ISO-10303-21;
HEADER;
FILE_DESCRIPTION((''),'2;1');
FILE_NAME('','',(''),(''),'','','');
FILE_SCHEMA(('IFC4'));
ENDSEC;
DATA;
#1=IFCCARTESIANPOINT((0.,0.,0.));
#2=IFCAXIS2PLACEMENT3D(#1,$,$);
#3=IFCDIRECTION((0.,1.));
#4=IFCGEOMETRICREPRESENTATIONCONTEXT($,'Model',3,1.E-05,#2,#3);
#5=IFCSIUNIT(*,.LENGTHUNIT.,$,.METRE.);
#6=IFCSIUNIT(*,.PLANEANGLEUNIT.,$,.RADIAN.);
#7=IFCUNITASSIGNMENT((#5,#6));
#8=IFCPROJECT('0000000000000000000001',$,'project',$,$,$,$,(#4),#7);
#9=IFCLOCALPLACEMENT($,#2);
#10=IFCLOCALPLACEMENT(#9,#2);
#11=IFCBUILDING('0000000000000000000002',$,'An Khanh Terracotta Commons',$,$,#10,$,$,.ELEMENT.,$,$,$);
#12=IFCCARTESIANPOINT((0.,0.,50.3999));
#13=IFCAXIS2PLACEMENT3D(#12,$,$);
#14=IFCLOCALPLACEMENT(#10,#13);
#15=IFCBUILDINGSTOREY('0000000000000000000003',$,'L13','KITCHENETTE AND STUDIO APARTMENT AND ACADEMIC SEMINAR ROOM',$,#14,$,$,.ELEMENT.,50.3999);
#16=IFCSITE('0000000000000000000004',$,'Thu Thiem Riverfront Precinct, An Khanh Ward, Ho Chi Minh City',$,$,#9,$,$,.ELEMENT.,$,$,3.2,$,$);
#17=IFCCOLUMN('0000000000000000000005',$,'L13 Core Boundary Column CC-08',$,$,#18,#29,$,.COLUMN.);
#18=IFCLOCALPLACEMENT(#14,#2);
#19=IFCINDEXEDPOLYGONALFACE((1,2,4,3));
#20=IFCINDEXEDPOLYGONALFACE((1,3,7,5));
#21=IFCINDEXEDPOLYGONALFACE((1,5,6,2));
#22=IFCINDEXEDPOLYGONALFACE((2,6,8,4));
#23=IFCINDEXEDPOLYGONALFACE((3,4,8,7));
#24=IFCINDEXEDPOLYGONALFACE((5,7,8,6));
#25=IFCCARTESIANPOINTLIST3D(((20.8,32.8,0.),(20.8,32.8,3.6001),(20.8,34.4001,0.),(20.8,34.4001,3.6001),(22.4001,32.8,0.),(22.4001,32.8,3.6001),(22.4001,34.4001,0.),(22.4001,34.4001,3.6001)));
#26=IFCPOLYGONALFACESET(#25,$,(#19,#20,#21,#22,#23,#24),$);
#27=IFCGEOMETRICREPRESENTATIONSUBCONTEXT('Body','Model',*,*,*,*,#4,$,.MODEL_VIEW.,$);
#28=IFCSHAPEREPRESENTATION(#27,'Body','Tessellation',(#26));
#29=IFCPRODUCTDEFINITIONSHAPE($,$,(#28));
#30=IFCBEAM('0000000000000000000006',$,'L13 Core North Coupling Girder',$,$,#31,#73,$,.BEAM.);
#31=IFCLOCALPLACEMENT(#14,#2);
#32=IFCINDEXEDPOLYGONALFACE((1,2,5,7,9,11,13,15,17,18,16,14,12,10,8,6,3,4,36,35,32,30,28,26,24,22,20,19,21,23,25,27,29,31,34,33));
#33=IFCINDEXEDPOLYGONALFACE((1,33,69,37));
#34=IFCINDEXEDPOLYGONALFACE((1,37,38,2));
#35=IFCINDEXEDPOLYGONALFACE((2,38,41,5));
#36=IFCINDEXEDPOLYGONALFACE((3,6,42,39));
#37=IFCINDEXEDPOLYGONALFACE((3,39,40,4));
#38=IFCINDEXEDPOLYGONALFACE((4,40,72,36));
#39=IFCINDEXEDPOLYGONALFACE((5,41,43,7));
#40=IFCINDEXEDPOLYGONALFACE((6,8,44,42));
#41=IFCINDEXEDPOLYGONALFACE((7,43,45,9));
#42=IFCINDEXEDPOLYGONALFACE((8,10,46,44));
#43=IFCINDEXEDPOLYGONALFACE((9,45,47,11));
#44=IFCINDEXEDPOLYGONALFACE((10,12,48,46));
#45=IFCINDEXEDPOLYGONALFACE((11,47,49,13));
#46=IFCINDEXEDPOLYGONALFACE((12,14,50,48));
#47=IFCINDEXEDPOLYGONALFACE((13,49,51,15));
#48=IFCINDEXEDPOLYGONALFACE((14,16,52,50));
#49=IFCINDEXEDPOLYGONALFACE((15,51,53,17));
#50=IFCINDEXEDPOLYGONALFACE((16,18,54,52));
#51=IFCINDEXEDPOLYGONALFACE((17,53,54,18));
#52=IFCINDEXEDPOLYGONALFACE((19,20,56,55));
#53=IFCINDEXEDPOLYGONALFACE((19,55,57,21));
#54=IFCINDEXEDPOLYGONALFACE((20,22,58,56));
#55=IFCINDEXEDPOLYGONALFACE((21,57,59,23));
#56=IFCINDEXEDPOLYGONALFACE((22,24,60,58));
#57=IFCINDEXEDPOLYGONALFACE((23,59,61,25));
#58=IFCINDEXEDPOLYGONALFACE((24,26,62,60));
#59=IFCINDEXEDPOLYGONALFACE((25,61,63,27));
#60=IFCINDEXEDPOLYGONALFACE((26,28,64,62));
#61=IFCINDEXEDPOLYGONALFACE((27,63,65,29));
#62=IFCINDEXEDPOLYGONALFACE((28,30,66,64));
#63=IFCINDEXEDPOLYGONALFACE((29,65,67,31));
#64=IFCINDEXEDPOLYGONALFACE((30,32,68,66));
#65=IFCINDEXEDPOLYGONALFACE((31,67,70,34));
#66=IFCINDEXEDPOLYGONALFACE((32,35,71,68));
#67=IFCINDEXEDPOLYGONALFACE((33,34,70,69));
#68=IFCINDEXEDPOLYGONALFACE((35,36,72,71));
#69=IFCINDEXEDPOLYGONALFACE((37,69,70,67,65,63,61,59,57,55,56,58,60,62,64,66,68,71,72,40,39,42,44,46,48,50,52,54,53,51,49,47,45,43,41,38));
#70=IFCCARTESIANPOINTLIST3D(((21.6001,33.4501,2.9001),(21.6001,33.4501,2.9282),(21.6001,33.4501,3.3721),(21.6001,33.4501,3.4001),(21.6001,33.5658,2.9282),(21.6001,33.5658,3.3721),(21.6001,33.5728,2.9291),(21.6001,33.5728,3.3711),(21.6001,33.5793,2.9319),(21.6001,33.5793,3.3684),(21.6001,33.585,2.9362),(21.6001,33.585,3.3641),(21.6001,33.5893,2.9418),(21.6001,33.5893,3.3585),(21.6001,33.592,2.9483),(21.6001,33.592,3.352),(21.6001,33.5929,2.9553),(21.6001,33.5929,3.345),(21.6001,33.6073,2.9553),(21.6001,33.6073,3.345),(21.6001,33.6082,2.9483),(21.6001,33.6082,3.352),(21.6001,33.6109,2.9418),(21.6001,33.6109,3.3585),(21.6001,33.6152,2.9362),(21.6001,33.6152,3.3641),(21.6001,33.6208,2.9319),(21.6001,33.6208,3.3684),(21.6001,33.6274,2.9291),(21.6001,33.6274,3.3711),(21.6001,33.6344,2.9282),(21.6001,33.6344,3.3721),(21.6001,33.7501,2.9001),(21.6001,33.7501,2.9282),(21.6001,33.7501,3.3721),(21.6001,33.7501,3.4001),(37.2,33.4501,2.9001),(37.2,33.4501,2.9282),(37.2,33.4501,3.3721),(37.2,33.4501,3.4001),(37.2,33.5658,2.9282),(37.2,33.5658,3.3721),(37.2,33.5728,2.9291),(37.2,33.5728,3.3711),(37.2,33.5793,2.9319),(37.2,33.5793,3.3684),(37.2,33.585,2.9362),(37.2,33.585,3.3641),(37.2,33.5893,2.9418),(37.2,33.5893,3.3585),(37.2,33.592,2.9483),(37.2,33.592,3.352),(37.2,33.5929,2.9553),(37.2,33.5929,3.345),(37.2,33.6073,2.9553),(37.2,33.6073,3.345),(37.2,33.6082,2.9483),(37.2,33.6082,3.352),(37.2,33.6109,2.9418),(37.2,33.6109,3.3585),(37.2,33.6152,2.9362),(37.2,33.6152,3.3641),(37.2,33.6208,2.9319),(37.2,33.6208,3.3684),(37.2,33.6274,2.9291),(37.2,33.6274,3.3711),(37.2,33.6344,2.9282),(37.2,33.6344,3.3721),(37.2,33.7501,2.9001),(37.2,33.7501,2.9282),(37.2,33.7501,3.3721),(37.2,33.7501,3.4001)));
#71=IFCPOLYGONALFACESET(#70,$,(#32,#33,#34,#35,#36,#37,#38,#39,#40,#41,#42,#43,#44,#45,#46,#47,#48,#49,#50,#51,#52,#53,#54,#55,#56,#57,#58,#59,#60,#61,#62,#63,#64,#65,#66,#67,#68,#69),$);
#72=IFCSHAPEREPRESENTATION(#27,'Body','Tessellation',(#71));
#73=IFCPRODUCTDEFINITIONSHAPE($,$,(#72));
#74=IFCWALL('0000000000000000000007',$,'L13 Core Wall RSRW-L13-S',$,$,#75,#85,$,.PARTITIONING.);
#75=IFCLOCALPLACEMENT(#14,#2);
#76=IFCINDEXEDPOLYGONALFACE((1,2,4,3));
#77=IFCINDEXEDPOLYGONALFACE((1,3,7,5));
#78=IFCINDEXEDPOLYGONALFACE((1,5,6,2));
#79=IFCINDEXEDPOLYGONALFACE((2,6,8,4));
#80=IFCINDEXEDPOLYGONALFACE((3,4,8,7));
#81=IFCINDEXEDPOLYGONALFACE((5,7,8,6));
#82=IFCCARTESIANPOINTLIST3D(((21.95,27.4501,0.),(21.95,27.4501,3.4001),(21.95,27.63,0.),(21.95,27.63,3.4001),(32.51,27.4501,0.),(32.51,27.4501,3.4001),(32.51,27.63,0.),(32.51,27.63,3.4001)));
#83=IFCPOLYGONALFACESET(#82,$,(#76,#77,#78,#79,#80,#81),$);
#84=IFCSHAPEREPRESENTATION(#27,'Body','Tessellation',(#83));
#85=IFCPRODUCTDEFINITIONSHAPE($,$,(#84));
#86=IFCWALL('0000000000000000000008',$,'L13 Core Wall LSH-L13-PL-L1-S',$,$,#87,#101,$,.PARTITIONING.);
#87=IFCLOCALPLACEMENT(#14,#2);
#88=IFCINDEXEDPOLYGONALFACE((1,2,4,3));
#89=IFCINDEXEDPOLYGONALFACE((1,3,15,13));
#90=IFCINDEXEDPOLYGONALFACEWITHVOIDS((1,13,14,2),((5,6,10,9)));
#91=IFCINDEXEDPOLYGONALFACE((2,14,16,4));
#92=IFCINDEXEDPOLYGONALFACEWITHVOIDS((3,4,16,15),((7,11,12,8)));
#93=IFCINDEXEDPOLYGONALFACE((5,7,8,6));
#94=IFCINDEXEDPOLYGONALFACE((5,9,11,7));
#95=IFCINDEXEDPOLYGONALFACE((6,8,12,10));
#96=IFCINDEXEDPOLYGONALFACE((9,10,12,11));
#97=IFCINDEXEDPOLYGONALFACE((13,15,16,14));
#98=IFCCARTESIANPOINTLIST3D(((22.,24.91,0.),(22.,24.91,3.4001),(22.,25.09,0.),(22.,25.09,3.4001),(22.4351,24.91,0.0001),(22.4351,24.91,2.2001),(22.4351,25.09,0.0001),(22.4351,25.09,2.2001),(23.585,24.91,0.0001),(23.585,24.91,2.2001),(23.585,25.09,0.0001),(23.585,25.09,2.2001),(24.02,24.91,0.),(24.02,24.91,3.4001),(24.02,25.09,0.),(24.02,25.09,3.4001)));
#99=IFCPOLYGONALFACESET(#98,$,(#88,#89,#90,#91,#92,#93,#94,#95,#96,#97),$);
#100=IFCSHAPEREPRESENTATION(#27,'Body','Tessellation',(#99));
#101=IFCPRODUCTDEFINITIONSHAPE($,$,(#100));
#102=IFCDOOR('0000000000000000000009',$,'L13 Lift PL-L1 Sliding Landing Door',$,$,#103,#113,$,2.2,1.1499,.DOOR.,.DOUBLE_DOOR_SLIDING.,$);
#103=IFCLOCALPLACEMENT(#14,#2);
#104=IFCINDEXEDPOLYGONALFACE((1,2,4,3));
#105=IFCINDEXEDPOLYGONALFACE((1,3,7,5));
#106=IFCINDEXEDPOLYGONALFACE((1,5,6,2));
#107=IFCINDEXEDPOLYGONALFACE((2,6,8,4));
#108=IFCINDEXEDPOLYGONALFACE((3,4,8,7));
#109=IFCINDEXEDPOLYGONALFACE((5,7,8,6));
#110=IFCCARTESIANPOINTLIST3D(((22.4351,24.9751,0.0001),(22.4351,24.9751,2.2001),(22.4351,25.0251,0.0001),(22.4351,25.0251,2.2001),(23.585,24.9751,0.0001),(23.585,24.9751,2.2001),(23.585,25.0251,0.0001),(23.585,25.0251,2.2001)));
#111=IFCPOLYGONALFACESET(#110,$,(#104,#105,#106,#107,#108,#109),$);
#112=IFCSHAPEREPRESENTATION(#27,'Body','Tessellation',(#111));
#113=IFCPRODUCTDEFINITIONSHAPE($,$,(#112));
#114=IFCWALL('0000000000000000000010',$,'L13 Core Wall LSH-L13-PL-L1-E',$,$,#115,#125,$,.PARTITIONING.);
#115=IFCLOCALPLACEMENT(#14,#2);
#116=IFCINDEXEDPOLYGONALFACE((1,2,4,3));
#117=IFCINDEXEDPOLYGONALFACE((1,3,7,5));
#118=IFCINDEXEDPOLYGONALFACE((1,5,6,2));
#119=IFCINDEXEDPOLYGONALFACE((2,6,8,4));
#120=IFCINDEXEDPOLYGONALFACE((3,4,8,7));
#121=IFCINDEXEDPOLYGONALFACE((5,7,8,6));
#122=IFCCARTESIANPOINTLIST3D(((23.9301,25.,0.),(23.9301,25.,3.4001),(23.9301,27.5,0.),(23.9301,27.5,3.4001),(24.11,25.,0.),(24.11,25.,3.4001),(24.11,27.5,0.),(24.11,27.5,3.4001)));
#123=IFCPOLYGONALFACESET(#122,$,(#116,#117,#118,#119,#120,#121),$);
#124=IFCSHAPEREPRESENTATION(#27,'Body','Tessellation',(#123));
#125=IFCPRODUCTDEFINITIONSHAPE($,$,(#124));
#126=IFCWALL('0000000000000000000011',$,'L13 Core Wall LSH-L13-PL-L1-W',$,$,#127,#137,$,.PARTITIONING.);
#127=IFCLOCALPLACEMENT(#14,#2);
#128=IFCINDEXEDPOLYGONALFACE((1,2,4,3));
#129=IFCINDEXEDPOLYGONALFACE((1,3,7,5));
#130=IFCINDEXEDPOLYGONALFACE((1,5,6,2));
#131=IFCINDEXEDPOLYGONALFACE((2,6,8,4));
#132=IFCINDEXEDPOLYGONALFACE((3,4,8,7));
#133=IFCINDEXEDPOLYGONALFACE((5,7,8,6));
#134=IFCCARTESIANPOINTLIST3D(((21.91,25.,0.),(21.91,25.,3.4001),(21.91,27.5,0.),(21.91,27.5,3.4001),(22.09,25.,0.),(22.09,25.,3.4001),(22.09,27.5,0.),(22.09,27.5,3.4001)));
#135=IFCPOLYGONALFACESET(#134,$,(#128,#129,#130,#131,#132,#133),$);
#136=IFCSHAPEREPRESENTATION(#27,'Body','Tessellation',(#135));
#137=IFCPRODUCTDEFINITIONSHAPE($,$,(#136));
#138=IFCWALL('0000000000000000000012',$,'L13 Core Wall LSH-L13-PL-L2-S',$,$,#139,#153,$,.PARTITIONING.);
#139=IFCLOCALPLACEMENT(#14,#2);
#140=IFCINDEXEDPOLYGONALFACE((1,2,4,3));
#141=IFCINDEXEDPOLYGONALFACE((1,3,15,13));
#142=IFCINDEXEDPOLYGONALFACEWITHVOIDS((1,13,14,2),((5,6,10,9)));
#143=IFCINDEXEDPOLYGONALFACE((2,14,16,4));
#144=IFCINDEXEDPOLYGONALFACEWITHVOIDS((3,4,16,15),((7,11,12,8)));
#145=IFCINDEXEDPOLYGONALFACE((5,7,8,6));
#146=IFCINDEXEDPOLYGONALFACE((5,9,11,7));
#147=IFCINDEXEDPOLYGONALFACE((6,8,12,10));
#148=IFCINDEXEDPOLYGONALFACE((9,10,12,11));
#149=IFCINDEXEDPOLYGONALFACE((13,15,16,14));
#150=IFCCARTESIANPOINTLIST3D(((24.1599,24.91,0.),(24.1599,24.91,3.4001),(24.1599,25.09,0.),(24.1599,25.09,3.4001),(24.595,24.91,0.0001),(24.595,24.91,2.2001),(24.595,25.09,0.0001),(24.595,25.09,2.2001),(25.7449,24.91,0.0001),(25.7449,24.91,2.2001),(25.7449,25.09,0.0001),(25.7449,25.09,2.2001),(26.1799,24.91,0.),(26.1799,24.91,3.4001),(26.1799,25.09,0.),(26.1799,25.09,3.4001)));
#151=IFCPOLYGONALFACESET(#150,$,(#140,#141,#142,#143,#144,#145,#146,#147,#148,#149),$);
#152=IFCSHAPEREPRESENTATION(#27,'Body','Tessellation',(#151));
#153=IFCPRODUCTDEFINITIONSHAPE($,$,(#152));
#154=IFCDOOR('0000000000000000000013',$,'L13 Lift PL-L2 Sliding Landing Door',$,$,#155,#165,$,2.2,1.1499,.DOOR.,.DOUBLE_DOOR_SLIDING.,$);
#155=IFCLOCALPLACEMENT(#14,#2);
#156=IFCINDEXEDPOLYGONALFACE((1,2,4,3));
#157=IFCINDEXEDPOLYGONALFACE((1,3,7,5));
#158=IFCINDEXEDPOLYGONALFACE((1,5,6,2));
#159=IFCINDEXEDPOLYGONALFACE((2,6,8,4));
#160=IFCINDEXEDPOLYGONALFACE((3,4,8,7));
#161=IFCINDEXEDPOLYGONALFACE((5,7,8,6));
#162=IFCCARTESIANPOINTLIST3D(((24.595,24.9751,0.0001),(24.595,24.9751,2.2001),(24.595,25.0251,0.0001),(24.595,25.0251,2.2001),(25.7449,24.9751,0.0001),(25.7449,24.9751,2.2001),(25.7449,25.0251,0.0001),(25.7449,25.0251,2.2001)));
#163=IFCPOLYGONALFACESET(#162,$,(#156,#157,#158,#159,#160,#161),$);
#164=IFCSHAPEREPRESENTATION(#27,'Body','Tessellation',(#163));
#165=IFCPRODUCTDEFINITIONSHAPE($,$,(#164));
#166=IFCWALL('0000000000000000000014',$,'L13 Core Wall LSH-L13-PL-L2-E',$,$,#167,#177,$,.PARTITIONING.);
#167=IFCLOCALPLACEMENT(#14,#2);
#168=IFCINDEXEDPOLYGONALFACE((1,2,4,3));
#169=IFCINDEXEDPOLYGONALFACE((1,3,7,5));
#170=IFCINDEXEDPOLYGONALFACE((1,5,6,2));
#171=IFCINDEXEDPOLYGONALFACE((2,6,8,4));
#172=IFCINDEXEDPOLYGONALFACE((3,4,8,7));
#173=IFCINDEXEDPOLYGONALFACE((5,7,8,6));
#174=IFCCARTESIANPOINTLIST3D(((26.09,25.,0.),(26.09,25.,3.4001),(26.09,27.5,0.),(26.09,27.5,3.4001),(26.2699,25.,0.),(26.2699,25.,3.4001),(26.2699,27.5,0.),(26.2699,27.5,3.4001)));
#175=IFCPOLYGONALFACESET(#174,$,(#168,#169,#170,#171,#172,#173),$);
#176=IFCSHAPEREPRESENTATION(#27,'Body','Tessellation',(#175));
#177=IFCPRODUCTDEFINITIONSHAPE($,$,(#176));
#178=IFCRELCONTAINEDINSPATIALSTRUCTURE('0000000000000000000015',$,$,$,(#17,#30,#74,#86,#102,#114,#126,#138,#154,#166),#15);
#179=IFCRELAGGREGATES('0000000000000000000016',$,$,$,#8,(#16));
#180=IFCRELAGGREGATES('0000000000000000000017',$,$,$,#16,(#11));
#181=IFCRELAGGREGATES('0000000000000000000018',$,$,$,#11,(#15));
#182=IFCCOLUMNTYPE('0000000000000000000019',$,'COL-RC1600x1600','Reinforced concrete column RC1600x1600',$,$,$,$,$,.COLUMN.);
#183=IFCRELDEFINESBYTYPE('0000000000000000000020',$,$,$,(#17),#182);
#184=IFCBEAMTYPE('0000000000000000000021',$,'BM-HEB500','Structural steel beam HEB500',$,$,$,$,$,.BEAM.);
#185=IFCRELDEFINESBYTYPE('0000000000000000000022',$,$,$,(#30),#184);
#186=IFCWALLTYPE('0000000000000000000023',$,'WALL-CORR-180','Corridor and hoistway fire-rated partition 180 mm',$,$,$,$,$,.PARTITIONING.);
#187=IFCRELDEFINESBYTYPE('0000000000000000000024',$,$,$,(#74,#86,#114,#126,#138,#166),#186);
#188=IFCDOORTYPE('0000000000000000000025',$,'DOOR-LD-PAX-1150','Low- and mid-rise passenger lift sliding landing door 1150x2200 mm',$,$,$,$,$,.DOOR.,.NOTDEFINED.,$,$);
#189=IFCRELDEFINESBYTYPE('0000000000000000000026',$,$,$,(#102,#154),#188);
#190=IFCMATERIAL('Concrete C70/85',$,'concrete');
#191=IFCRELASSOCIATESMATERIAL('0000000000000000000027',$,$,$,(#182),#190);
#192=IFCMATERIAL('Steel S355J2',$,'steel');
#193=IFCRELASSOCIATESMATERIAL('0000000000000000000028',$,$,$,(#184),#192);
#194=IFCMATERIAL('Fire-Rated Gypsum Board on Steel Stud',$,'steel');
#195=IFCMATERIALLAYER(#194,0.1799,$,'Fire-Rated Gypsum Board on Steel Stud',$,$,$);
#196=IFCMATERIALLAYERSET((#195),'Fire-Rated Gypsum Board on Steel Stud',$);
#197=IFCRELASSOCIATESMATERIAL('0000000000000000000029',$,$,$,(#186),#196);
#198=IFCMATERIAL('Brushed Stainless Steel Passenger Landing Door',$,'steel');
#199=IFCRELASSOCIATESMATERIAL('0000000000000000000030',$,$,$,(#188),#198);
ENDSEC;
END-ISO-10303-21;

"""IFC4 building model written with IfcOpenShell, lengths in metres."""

from ifc_helpers import new_model, si_unit, direction, frame, frame_2d, origin, origin_2d, place, context, subcontext, project, spatial, rectangle, i_section, extrude, material, layer, layer_set, material_profile, profile_set, type_object, element, fill, save


model = new_model("IFC4")

# Units and contexts
model_context = context("Model", 3, precision=1e-05, world=origin(), true_north=direction((0.0, 1.0)))
body_context = subcontext(model_context, "Body", "Model", "MODEL_VIEW")
ifc_project = project(units=[si_unit("LENGTHUNIT", "METRE"), si_unit("PLANEANGLEUNIT", "RADIAN")], contexts=[model_context])

# Site, building, storey
site_placement = place(None, origin())
site = spatial("IfcSite", under=ifc_project, at=site_placement, Name="Thu Thiem Riverfront Precinct, An Khanh Ward, Ho Chi Minh City", CompositionType="ELEMENT", RefElevation=3.2)
building_placement = place(site_placement, origin())
building = spatial("IfcBuilding", under=site, at=building_placement, Name="An Khanh Terracotta Commons", CompositionType="ELEMENT")
storey_placement = place(building_placement, frame((0.0, 0.0, 50.3999)))
storey = spatial("IfcBuildingStorey", under=building, at=storey_placement, Name="L13", Description="KITCHENETTE AND STUDIO APARTMENT AND ACADEMIC SEMINAR ROOM", CompositionType="ELEMENT", Elevation=50.3999)

# Column
ifc_material_1 = material(Name="Concrete C70/85", Category="concrete")
ifc_material_profile_1 = material_profile(ifc_material_1, rectangle(XDim=1.6001, YDim=1.6001, at=origin_2d()), Name="RC1600x1600")
ifc_profile_set_1 = profile_set([ifc_material_profile_1], Name="Concrete C70/85")
column_type = type_object("IfcColumnType", Name="COL-RC1600x1600", Description="Reinforced concrete column RC1600x1600", PredefinedType="COLUMN", material=ifc_profile_set_1)
column_placement = place(storey_placement, frame((21.6001, 33.6001, 0.0), z_axis=(0.0, 0.0, 1.0), x_axis=(1.0, 0.0, 0.0)))
element("IfcColumn", 1, at=column_placement, inside=storey, type_object=column_type, Name="L13 Core Boundary Column CC-08", PredefinedType="COLUMN", context=body_context, shape_type="SweptSolid", body=[
    extrude(rectangle(XDim=1.6001, YDim=1.6001, at=origin_2d()), origin(), (0.0, 0.0, 1.0), 3.6001),
])

# Beam
ifc_material_2 = material(Name="Steel S355J2", Category="steel")
ifc_material_profile_2 = material_profile(ifc_material_2, i_section(OverallWidth=0.3, OverallDepth=0.5, WebThickness=0.0144, FlangeThickness=0.0281, FilletRadius=0.0271, at=origin_2d()), Name="HEB500")
ifc_profile_set_2 = profile_set([ifc_material_profile_2], Name="Steel S355J2")
beam_type = type_object("IfcBeamType", Name="BM-HEB500", Description="Structural steel beam HEB500", PredefinedType="BEAM", material=ifc_profile_set_2)
beam_placement = place(storey_placement, frame((21.6001, 33.6001, 3.1501), z_axis=(1.0, 0.0, 0.0), x_axis=(0.0, 1.0, 0.0)))
element("IfcBeam", 2, at=beam_placement, inside=storey, type_object=beam_type, Name="L13 Core North Coupling Girder", PredefinedType="BEAM", context=body_context, shape_type="SweptSolid", body=[
    extrude(i_section(OverallWidth=0.3, OverallDepth=0.5, WebThickness=0.0144, FlangeThickness=0.0281, FilletRadius=0.0271, at=origin_2d()), origin(), (0.0, 0.0, 1.0), 15.5999),
])

# Wall
ifc_material_3 = material(Name="Fire-Rated Gypsum Board on Steel Stud", Category="steel")
ifc_layer_1 = layer(ifc_material_3, 0.1799, Name="Fire-Rated Gypsum Board on Steel Stud")
ifc_layer_set_1 = layer_set([ifc_layer_1], Name="Fire-Rated Gypsum Board on Steel Stud")
wall_type_1 = type_object("IfcWallType", Name="WALL-CORR-180", Description="Corridor and hoistway fire-rated partition 180 mm", PredefinedType="PARTITIONING", material=ifc_layer_set_1)
wall_1_placement = place(storey_placement, frame((21.95, 27.54, 0.0), z_axis=(0.0, 0.0, 1.0), x_axis=(1.0, 0.0, 0.0)))
element("IfcWall", 3, at=wall_1_placement, inside=storey, type_object=wall_type_1, Name="L13 Core Wall RSRW-L13-S", PredefinedType="PARTITIONING", context=body_context, shape_type="SweptSolid", body=[
    extrude(rectangle(XDim=10.5601, YDim=0.1799, at=frame_2d((5.28, 0.0))), origin(), (0.0, 0.0, 1.0), 3.4001),
])

# Wall, opening, door
wall_2_placement = place(storey_placement, frame((24.02, 25.0, 0.0), z_axis=(0.0, 0.0, 1.0), x_axis=(-1.0, 0.0, 0.0)))
wall_2 = element("IfcWall", 4, at=wall_2_placement, inside=storey, type_object=wall_type_1, Name="L13 Core Wall LSH-L13-PL-L1-S", PredefinedType="PARTITIONING", context=body_context, shape_type="SweptSolid", body=[
    extrude(rectangle(XDim=2.02, YDim=0.1799, at=frame_2d((1.01, 0.0))), origin(), (0.0, 0.0, 1.0), 3.4001),
])
opening_1_placement = place(wall_2_placement, frame((0.4351, 0.0, 0.0)))
opening_1 = element("IfcOpeningElement", 5, at=opening_1_placement, cuts=wall_2, PredefinedType="OPENING", context=body_context, shape_type="SweptSolid", body=[
    extrude(rectangle(XDim=1.1499, YDim=2.2, at=frame_2d((0.575, 1.1001))), frame((0.0, 0.0999, 0.0), z_axis=(0.0, -1.0, 0.0), x_axis=(1.0, 0.0, 0.0)), (0.0, 0.0, 1.0), 0.2),
])
ifc_material_4 = material(Name="Brushed Stainless Steel Passenger Landing Door", Category="steel")
door_type_1 = type_object("IfcDoorType", Name="DOOR-LD-PAX-1150", Description="Low- and mid-rise passenger lift sliding landing door 1150x2200 mm", OperationType="NOTDEFINED", PredefinedType="DOOR", material=ifc_material_4)
door_1_placement = place(opening_1_placement, origin())
door_1 = element("IfcDoor", 6, at=door_1_placement, inside=storey, type_object=door_type_1, Name="L13 Lift PL-L1 Sliding Landing Door", OperationType="DOUBLE_DOOR_SLIDING", OverallHeight=2.2, OverallWidth=1.1499, PredefinedType="DOOR", context=body_context, shape_type="SweptSolid", body=[
    extrude(rectangle(XDim=1.1499, YDim=2.2, at=frame_2d((0.575, 1.1001))), frame((0.0, 0.0249, 0.0), z_axis=(0.0, -1.0, 0.0), x_axis=(1.0, 0.0, 0.0)), (0.0, 0.0, 1.0), 0.05),
])
fill(opening_1, door_1)

# Walls
for number, where, z_axis, x_axis, name in (
    (7, (24.02, 25.0, 0.0), (0.0, 0.0, 1.0), (0.0, 1.0, 0.0), "L13 Core Wall LSH-L13-PL-L1-E"),
    (8, (22.0, 27.5, 0.0), (0.0, 0.0, 1.0), (0.0, -1.0, 0.0), "L13 Core Wall LSH-L13-PL-L1-W"),
):
    element("IfcWall", number, at=place(storey_placement, frame(where, z_axis=z_axis, x_axis=x_axis)), inside=storey, type_object=wall_type_1, Name=name, PredefinedType="PARTITIONING", context=body_context, shape_type="SweptSolid", body=[
        extrude(rectangle(XDim=2.5, YDim=0.1799, at=frame_2d((1.25, 0.0))), origin(), (0.0, 0.0, 1.0), 3.4001),
    ])

# Wall, opening, door
wall_3_placement = place(storey_placement, frame((26.1799, 25.0, 0.0), z_axis=(0.0, 0.0, 1.0), x_axis=(-1.0, 0.0, 0.0)))
wall_3 = element("IfcWall", 9, at=wall_3_placement, inside=storey, type_object=wall_type_1, Name="L13 Core Wall LSH-L13-PL-L2-S", PredefinedType="PARTITIONING", context=body_context, shape_type="SweptSolid", body=[
    extrude(rectangle(XDim=2.02, YDim=0.1799, at=frame_2d((1.01, 0.0))), origin(), (0.0, 0.0, 1.0), 3.4001),
])
opening_2_placement = place(wall_3_placement, frame((0.4351, 0.0, 0.0)))
opening_2 = element("IfcOpeningElement", 10, at=opening_2_placement, cuts=wall_3, PredefinedType="OPENING", context=body_context, shape_type="SweptSolid", body=[
    extrude(rectangle(XDim=1.1499, YDim=2.2, at=frame_2d((0.575, 1.1001))), frame((0.0, 0.0999, 0.0), z_axis=(0.0, -1.0, 0.0), x_axis=(1.0, 0.0, 0.0)), (0.0, 0.0, 1.0), 0.2),
])
door_2_placement = place(opening_2_placement, origin())
door_2 = element("IfcDoor", 11, at=door_2_placement, inside=storey, type_object=door_type_1, Name="L13 Lift PL-L2 Sliding Landing Door", OperationType="DOUBLE_DOOR_SLIDING", OverallHeight=2.2, OverallWidth=1.1499, PredefinedType="DOOR", context=body_context, shape_type="SweptSolid", body=[
    extrude(rectangle(XDim=1.1499, YDim=2.2, at=frame_2d((0.575, 1.1001))), frame((0.0, 0.0249, 0.0), z_axis=(0.0, -1.0, 0.0), x_axis=(1.0, 0.0, 0.0)), (0.0, 0.0, 1.0), 0.05),
])
fill(opening_2, door_2)

# Wall
wall_4_placement = place(storey_placement, frame((26.1799, 25.0, 0.0), z_axis=(0.0, 0.0, 1.0), x_axis=(0.0, 1.0, 0.0)))
element("IfcWall", 12, at=wall_4_placement, inside=storey, type_object=wall_type_1, Name="L13 Core Wall LSH-L13-PL-L2-E", PredefinedType="PARTITIONING", context=body_context, shape_type="SweptSolid", body=[
    extrude(rectangle(XDim=2.5, YDim=0.1799, at=frame_2d((1.25, 0.0))), origin(), (0.0, 0.0, 1.0), 3.4001),
])

save(model, "model.ifc")
